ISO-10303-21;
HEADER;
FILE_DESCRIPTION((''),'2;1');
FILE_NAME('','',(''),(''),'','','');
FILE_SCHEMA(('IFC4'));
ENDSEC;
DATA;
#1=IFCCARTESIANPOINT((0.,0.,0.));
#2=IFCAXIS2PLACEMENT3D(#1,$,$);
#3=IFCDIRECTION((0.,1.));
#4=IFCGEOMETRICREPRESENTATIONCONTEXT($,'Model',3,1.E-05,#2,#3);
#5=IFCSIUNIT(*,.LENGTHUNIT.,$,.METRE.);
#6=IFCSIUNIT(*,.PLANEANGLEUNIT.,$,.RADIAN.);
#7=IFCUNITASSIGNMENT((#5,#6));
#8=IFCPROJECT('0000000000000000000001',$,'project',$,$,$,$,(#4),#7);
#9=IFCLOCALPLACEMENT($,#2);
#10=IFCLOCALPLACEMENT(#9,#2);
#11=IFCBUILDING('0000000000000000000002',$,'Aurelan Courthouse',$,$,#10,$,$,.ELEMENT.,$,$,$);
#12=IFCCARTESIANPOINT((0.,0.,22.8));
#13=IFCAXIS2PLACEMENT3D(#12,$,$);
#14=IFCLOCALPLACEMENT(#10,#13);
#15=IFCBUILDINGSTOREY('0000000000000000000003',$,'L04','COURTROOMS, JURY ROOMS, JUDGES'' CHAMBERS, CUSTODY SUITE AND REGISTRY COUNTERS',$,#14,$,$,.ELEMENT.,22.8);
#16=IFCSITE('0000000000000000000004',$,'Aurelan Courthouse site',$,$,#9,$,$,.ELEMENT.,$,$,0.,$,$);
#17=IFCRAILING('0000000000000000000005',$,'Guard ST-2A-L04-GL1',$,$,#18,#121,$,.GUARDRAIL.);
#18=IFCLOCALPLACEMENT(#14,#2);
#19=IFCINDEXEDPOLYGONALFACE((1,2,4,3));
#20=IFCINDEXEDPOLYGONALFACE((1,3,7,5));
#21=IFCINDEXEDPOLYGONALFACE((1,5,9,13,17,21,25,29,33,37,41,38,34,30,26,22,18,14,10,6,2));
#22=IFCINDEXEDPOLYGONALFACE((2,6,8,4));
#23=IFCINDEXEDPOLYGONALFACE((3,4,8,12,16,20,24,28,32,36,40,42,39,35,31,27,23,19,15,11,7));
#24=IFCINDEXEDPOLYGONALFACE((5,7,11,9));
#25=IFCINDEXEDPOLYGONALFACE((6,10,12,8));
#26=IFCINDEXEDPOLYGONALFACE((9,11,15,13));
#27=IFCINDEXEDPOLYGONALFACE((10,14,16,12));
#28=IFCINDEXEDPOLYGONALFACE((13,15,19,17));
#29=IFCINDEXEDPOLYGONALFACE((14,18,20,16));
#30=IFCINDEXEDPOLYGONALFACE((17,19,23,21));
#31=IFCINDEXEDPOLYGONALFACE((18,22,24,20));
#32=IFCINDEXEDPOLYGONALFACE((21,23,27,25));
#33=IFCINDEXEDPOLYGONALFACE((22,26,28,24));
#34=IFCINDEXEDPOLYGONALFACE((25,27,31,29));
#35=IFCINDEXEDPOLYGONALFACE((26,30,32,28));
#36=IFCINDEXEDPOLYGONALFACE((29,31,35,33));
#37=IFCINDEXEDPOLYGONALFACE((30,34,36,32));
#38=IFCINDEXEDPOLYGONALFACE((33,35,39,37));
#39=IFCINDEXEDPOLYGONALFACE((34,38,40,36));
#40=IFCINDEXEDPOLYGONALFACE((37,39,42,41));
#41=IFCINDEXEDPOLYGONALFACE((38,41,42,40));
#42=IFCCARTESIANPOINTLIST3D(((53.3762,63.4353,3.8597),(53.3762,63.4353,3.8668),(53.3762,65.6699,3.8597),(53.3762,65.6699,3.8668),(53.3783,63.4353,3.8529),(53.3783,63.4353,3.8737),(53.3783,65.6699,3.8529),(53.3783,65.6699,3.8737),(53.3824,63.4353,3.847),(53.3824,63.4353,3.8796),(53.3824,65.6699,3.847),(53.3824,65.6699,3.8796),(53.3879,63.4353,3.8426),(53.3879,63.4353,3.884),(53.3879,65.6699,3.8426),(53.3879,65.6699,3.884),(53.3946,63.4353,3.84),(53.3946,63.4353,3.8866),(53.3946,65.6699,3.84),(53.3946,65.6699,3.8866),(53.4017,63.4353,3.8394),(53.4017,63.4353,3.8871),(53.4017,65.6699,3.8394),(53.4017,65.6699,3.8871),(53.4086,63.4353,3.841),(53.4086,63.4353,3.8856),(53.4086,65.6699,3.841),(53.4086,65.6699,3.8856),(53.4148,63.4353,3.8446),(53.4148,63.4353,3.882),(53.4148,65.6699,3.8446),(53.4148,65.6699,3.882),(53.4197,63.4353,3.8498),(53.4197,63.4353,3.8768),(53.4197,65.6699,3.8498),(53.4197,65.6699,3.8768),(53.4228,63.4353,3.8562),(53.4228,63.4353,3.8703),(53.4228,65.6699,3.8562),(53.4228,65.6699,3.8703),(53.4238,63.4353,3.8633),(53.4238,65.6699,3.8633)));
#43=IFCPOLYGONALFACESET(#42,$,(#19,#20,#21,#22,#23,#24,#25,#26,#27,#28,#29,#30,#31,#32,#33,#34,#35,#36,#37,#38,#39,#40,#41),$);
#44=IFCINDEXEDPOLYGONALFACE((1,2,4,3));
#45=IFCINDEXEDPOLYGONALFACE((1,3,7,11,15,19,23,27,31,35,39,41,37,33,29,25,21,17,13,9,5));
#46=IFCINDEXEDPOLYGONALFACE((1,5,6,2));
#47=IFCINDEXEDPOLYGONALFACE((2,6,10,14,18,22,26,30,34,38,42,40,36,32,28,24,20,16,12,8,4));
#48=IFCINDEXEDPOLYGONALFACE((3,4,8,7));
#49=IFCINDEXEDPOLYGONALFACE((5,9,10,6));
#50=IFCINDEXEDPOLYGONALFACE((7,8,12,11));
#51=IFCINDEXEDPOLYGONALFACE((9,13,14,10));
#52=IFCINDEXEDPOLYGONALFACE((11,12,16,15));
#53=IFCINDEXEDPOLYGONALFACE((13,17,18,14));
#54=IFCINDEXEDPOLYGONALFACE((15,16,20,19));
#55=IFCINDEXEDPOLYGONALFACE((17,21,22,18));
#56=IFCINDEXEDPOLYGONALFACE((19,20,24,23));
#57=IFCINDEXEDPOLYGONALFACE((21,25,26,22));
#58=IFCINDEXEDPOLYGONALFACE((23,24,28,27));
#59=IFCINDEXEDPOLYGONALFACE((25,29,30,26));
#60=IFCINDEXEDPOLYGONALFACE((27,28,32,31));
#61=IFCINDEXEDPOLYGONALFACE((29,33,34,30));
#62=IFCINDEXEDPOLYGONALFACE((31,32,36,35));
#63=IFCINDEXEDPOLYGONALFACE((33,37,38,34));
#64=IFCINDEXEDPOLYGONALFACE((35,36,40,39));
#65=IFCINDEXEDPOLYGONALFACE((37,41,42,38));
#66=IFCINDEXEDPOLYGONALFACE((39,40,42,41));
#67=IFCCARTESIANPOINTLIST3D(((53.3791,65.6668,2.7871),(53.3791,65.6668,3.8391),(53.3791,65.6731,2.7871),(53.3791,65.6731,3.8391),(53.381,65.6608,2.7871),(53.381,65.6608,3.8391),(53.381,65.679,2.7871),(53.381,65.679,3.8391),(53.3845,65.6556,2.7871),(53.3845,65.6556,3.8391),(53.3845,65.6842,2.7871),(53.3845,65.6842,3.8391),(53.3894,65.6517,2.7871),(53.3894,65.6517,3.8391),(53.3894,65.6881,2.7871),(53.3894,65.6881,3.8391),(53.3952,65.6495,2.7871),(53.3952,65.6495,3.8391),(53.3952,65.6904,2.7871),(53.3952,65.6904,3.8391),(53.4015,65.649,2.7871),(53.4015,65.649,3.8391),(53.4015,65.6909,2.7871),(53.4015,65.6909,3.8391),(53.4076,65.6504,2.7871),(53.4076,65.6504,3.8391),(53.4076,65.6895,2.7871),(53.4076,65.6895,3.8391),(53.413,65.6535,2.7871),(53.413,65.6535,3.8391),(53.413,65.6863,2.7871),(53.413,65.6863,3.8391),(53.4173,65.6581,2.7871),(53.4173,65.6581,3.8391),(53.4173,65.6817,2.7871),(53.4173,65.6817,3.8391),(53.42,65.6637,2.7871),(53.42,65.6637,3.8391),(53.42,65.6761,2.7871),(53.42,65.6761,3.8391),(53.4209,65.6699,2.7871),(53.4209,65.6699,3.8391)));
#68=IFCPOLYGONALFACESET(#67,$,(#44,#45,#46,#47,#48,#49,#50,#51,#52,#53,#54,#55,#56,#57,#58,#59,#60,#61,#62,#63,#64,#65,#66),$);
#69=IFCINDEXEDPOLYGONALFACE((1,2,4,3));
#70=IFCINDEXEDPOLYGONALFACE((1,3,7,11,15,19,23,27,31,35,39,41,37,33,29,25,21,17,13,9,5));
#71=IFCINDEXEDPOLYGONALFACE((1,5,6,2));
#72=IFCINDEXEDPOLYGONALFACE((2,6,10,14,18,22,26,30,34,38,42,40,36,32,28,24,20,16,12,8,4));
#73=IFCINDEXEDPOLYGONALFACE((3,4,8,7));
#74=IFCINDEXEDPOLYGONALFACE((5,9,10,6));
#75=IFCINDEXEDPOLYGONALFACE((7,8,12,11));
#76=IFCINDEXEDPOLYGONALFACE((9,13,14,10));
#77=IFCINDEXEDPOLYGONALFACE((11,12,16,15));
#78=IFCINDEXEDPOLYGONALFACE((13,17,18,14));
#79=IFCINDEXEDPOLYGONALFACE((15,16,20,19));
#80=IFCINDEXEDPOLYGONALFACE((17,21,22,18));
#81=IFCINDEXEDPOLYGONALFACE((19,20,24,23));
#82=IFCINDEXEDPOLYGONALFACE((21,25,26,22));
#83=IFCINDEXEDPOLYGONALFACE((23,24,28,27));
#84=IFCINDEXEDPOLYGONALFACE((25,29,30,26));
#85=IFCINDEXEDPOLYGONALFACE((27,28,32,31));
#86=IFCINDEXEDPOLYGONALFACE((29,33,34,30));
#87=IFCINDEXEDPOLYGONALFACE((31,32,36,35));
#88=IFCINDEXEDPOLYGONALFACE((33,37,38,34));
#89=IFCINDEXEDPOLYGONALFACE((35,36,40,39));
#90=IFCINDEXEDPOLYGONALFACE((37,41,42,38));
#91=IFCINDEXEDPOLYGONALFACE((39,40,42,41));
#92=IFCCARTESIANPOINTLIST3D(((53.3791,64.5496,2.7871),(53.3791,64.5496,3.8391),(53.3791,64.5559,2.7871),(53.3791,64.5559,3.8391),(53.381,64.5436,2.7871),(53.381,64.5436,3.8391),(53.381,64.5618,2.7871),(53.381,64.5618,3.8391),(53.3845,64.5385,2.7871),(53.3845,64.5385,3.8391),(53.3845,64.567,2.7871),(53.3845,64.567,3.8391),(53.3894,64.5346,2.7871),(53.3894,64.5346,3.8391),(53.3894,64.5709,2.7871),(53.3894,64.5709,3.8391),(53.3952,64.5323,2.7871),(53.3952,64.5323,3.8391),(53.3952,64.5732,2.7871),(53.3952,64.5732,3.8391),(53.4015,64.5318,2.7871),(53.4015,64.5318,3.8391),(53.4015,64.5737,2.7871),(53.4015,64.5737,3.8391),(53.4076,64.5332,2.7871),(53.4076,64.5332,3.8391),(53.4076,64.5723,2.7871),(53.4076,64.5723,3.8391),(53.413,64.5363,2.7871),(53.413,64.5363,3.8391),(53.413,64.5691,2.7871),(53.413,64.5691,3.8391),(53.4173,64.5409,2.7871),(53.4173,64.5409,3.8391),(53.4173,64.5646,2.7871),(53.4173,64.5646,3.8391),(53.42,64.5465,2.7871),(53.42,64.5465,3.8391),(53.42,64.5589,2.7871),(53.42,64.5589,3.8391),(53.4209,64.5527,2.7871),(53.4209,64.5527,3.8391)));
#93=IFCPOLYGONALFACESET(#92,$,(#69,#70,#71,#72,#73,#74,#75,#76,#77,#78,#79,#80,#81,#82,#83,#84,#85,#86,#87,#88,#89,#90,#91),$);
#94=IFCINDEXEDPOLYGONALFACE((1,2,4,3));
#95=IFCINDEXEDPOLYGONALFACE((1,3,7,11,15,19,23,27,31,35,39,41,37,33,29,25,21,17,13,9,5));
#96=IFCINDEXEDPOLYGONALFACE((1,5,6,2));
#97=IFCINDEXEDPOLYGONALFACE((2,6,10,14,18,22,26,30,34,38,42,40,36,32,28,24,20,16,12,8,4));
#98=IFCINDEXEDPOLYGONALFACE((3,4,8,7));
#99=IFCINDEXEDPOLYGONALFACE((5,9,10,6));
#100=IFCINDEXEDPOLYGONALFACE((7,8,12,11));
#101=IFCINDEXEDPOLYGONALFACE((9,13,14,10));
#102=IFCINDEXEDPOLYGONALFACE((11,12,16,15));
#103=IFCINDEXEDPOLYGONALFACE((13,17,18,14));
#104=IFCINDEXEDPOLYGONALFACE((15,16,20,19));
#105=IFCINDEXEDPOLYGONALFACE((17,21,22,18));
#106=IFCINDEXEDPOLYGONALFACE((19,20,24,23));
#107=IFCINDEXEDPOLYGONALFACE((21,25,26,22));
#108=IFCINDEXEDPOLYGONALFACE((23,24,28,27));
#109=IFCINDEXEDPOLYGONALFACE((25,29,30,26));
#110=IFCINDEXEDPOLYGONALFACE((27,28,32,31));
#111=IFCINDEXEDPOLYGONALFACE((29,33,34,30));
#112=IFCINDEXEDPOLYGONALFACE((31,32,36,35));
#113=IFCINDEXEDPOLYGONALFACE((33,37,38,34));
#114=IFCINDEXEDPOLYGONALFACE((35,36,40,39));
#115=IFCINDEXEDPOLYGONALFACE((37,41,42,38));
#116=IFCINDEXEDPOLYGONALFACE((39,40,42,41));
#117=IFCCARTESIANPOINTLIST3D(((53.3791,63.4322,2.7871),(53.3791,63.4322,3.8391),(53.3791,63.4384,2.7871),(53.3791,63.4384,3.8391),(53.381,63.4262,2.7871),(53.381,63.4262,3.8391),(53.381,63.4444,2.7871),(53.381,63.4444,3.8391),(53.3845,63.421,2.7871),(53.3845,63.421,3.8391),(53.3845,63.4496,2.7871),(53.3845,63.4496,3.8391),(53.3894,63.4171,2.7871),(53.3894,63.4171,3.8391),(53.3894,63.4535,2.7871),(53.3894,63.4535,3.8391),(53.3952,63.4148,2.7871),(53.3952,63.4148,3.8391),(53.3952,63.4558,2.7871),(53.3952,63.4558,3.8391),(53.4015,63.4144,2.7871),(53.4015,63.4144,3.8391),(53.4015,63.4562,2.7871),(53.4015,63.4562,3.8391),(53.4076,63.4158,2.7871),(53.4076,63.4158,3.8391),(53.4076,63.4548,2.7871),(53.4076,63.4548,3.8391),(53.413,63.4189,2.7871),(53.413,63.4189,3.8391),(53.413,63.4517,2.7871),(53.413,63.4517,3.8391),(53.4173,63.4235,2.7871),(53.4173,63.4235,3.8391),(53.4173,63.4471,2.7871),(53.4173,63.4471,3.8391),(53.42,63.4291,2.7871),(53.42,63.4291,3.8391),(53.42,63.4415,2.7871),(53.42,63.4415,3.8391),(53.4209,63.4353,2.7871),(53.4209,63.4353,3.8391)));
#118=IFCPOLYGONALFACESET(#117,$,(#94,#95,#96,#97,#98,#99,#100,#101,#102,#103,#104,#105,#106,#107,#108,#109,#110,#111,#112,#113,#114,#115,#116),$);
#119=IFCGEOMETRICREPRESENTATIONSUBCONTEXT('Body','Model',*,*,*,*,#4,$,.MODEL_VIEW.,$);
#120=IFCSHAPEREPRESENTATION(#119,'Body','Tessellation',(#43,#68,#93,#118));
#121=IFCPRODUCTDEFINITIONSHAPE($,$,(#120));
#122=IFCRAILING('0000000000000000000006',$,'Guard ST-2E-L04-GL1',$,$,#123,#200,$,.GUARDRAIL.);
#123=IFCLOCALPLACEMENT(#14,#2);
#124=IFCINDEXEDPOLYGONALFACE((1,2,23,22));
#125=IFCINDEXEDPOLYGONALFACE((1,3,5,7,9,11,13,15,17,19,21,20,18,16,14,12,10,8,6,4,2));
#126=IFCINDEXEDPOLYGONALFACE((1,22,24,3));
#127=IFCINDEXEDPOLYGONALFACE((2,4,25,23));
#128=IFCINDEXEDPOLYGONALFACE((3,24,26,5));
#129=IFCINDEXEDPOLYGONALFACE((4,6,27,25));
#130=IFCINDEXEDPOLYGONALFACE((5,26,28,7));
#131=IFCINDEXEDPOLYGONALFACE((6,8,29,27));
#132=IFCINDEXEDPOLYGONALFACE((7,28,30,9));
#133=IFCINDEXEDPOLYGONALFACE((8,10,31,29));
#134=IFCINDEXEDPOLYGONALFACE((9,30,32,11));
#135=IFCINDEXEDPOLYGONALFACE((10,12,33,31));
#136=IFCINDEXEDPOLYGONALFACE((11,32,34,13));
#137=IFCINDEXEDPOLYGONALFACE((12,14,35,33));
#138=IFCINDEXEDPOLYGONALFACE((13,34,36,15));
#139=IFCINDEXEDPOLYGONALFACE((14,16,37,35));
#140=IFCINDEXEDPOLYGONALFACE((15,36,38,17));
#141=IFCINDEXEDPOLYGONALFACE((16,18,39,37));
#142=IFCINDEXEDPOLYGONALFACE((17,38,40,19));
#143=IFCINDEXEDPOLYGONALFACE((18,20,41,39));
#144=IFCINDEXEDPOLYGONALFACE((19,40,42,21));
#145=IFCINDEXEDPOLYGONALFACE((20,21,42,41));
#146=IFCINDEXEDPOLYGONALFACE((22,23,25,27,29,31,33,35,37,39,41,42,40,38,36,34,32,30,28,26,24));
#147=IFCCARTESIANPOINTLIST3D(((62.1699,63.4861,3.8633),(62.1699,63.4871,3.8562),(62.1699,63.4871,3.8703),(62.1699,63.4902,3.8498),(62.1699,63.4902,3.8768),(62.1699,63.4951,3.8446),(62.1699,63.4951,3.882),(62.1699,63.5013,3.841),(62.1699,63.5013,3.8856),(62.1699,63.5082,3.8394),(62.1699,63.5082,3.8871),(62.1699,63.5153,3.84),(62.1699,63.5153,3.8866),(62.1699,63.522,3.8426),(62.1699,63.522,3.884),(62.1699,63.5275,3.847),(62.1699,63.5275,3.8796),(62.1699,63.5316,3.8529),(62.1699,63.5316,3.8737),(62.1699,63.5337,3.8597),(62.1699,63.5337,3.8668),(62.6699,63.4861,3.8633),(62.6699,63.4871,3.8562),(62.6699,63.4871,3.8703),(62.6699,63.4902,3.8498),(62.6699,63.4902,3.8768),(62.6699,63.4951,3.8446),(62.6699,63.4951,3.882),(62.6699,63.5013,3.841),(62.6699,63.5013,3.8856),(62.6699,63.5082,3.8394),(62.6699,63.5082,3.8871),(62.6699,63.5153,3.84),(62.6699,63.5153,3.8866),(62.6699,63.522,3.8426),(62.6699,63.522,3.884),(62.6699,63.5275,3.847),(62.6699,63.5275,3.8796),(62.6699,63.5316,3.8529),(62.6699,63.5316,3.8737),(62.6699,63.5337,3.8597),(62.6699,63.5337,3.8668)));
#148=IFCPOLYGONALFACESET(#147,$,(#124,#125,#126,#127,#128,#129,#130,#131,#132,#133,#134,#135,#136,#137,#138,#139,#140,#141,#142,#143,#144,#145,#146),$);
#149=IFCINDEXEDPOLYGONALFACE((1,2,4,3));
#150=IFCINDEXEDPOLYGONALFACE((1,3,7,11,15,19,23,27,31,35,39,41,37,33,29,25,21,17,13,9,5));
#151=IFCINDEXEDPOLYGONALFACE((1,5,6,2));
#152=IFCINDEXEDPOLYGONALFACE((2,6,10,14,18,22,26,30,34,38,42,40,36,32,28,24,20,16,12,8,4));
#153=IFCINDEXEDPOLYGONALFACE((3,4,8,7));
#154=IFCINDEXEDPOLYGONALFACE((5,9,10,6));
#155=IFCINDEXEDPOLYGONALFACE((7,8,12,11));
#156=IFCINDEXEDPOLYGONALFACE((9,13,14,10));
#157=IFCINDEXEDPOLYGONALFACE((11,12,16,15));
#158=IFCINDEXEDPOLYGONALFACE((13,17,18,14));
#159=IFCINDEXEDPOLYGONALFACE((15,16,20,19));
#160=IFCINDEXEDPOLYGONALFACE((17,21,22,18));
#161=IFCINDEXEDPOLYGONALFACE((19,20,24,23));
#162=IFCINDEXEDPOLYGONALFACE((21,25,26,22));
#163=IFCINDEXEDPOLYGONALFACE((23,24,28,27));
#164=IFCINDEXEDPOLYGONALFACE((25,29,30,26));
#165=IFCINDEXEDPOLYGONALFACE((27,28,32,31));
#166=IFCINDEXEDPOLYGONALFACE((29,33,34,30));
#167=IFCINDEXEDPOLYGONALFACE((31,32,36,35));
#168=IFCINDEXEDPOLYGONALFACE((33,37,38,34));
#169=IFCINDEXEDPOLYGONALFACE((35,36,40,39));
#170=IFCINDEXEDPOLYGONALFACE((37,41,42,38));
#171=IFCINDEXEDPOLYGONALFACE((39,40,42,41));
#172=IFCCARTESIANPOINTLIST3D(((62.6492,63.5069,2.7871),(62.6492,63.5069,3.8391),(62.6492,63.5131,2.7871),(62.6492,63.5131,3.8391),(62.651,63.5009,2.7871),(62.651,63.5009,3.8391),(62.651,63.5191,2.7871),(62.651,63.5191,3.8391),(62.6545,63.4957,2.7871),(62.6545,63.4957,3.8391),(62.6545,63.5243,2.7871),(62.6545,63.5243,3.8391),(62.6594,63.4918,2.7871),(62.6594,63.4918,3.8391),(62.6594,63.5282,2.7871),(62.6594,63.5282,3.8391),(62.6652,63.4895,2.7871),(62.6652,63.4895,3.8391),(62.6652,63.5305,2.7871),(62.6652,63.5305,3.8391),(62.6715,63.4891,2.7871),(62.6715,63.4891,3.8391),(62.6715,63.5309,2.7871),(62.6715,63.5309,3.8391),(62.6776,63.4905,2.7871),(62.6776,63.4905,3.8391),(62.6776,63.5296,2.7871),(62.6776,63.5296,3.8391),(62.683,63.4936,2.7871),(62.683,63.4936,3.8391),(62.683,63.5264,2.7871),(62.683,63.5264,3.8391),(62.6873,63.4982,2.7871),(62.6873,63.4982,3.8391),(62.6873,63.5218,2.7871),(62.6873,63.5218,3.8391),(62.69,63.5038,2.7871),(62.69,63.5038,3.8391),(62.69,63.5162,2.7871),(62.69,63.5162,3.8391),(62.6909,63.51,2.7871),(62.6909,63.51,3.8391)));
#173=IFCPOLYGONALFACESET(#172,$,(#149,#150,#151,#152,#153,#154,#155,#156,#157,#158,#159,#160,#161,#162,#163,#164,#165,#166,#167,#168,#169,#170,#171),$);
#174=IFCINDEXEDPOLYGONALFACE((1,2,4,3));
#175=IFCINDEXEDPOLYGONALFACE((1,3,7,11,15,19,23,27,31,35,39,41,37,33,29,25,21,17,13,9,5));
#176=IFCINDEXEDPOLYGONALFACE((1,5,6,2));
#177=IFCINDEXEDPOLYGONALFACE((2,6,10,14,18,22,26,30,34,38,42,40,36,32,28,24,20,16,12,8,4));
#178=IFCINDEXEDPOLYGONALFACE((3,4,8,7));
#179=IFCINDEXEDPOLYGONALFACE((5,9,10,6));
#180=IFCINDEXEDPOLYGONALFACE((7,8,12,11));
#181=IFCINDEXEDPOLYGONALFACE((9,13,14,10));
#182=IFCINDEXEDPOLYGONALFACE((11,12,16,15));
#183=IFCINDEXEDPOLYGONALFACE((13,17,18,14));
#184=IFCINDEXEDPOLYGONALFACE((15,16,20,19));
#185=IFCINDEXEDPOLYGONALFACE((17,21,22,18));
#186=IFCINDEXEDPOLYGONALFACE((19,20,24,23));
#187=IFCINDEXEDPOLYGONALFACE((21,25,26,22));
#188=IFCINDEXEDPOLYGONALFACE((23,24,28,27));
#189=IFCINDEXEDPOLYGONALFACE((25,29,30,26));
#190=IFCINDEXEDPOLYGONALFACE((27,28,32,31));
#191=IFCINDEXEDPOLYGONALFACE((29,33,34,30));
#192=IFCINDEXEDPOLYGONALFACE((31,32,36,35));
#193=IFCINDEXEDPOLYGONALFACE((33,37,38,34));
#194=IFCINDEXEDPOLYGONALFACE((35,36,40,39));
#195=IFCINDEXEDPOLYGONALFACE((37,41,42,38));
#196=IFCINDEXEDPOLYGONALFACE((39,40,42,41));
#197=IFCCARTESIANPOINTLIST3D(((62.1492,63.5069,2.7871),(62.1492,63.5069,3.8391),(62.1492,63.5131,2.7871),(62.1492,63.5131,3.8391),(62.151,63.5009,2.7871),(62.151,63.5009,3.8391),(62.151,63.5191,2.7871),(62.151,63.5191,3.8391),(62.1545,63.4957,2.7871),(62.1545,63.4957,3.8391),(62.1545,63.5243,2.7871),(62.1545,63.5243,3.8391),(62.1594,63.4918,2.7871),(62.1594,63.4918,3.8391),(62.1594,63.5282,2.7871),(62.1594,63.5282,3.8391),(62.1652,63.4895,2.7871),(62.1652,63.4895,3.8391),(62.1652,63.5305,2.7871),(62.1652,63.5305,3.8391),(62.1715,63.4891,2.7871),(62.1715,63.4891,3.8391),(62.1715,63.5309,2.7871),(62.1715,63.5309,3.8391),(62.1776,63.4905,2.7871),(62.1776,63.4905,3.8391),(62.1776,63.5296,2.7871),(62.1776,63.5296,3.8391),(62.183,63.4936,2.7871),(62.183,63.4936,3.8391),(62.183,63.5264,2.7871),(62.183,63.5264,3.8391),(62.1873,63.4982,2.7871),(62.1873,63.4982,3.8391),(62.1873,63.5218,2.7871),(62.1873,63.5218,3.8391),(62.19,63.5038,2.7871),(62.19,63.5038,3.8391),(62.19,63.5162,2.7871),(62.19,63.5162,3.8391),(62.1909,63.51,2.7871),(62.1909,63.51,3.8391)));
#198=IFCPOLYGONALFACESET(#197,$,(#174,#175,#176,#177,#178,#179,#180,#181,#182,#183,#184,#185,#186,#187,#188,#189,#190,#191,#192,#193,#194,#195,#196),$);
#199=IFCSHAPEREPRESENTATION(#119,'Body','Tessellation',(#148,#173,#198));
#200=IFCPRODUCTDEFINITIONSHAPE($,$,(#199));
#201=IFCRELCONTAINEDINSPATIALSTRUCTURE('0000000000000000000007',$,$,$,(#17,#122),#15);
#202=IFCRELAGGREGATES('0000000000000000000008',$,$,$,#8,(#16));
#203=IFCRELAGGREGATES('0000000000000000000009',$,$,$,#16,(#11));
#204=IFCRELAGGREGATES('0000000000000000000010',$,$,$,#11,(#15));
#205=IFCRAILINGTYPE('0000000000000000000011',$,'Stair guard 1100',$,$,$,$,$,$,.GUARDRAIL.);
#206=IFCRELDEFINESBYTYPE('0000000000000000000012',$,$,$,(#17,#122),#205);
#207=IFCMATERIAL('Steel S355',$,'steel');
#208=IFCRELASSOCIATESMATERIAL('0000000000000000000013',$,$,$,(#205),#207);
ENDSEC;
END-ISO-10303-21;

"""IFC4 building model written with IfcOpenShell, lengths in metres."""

from ifc_helpers import new_model, si_unit, direction, frame, origin, origin_2d, place, context, subcontext, project, spatial, circle, extrude, material, type_object, element, save


model = new_model("IFC4")

# Units and contexts
model_context = context("Model", 3, precision=1e-05, world=origin(), true_north=direction((0.0, 1.0)))
body_context = subcontext(model_context, "Body", "Model", "MODEL_VIEW")
ifc_project = project(units=[si_unit("LENGTHUNIT", "METRE"), si_unit("PLANEANGLEUNIT", "RADIAN")], contexts=[model_context])

# Site, building, storey
site_placement = place(None, origin())
site = spatial("IfcSite", under=ifc_project, at=site_placement, Name="Aurelan Courthouse site", CompositionType="ELEMENT", RefElevation=0.0)
building_placement = place(site_placement, origin())
building = spatial("IfcBuilding", under=site, at=building_placement, Name="Aurelan Courthouse", CompositionType="ELEMENT")
storey_placement = place(building_placement, frame((0.0, 0.0, 22.8)))
storey = spatial("IfcBuildingStorey", under=building, at=storey_placement, Name="L04", Description="COURTROOMS, JURY ROOMS, JUDGES' CHAMBERS, CUSTODY SUITE AND REGISTRY COUNTERS", CompositionType="ELEMENT", Elevation=22.8)

# Railings
ifc_material_1 = material(Name="Steel S355", Category="steel")
railing_type_1 = type_object("IfcRailingType", Name="Stair guard 1100", PredefinedType="GUARDRAIL", material=ifc_material_1)
railing_1_placement = place(storey_placement, frame((53.3999, 65.6699, 2.7871)))
element("IfcRailing", 1, at=railing_1_placement, inside=storey, type_object=railing_type_1, Name="Guard ST-2A-L04-GL1", PredefinedType="GUARDRAIL", context=body_context, shape_type="SweptSolid", body=[
    extrude(circle(Radius=0.0239, at=origin_2d()), frame((0.0, 0.0, 1.0762), z_axis=(0.0, -1.0, 0.0), x_axis=(1.0, 0.0, 0.0)), (0.0, 0.0, 1.0), 2.2346),
    extrude(circle(Radius=0.021, at=origin_2d()), origin(), (0.0, 0.0, 1.0), 1.052),
    extrude(circle(Radius=0.021, at=origin_2d()), frame((0.0, -1.1172, 0.0)), (0.0, 0.0, 1.0), 1.052),
    extrude(circle(Radius=0.021, at=origin_2d()), frame((0.0, -2.2346, 0.0)), (0.0, 0.0, 1.0), 1.052),
])
railing_2_placement = place(storey_placement, frame((62.6699, 63.51, 2.7871)))
element("IfcRailing", 2, at=railing_2_placement, inside=storey, type_object=railing_type_1, Name="Guard ST-2E-L04-GL1", PredefinedType="GUARDRAIL", context=body_context, shape_type="SweptSolid", body=[
    extrude(circle(Radius=0.0239, at=origin_2d()), frame((0.0, 0.0, 1.0762), z_axis=(-1.0, 0.0, 0.0), x_axis=(0.0, -1.0, 0.0)), (0.0, 0.0, 1.0), 0.5),
    extrude(circle(Radius=0.021, at=origin_2d()), origin(), (0.0, 0.0, 1.0), 1.052),
    extrude(circle(Radius=0.021, at=origin_2d()), frame((-0.5, 0.0, 0.0)), (0.0, 0.0, 1.0), 1.052),
])

save(model, "model.ifc")
